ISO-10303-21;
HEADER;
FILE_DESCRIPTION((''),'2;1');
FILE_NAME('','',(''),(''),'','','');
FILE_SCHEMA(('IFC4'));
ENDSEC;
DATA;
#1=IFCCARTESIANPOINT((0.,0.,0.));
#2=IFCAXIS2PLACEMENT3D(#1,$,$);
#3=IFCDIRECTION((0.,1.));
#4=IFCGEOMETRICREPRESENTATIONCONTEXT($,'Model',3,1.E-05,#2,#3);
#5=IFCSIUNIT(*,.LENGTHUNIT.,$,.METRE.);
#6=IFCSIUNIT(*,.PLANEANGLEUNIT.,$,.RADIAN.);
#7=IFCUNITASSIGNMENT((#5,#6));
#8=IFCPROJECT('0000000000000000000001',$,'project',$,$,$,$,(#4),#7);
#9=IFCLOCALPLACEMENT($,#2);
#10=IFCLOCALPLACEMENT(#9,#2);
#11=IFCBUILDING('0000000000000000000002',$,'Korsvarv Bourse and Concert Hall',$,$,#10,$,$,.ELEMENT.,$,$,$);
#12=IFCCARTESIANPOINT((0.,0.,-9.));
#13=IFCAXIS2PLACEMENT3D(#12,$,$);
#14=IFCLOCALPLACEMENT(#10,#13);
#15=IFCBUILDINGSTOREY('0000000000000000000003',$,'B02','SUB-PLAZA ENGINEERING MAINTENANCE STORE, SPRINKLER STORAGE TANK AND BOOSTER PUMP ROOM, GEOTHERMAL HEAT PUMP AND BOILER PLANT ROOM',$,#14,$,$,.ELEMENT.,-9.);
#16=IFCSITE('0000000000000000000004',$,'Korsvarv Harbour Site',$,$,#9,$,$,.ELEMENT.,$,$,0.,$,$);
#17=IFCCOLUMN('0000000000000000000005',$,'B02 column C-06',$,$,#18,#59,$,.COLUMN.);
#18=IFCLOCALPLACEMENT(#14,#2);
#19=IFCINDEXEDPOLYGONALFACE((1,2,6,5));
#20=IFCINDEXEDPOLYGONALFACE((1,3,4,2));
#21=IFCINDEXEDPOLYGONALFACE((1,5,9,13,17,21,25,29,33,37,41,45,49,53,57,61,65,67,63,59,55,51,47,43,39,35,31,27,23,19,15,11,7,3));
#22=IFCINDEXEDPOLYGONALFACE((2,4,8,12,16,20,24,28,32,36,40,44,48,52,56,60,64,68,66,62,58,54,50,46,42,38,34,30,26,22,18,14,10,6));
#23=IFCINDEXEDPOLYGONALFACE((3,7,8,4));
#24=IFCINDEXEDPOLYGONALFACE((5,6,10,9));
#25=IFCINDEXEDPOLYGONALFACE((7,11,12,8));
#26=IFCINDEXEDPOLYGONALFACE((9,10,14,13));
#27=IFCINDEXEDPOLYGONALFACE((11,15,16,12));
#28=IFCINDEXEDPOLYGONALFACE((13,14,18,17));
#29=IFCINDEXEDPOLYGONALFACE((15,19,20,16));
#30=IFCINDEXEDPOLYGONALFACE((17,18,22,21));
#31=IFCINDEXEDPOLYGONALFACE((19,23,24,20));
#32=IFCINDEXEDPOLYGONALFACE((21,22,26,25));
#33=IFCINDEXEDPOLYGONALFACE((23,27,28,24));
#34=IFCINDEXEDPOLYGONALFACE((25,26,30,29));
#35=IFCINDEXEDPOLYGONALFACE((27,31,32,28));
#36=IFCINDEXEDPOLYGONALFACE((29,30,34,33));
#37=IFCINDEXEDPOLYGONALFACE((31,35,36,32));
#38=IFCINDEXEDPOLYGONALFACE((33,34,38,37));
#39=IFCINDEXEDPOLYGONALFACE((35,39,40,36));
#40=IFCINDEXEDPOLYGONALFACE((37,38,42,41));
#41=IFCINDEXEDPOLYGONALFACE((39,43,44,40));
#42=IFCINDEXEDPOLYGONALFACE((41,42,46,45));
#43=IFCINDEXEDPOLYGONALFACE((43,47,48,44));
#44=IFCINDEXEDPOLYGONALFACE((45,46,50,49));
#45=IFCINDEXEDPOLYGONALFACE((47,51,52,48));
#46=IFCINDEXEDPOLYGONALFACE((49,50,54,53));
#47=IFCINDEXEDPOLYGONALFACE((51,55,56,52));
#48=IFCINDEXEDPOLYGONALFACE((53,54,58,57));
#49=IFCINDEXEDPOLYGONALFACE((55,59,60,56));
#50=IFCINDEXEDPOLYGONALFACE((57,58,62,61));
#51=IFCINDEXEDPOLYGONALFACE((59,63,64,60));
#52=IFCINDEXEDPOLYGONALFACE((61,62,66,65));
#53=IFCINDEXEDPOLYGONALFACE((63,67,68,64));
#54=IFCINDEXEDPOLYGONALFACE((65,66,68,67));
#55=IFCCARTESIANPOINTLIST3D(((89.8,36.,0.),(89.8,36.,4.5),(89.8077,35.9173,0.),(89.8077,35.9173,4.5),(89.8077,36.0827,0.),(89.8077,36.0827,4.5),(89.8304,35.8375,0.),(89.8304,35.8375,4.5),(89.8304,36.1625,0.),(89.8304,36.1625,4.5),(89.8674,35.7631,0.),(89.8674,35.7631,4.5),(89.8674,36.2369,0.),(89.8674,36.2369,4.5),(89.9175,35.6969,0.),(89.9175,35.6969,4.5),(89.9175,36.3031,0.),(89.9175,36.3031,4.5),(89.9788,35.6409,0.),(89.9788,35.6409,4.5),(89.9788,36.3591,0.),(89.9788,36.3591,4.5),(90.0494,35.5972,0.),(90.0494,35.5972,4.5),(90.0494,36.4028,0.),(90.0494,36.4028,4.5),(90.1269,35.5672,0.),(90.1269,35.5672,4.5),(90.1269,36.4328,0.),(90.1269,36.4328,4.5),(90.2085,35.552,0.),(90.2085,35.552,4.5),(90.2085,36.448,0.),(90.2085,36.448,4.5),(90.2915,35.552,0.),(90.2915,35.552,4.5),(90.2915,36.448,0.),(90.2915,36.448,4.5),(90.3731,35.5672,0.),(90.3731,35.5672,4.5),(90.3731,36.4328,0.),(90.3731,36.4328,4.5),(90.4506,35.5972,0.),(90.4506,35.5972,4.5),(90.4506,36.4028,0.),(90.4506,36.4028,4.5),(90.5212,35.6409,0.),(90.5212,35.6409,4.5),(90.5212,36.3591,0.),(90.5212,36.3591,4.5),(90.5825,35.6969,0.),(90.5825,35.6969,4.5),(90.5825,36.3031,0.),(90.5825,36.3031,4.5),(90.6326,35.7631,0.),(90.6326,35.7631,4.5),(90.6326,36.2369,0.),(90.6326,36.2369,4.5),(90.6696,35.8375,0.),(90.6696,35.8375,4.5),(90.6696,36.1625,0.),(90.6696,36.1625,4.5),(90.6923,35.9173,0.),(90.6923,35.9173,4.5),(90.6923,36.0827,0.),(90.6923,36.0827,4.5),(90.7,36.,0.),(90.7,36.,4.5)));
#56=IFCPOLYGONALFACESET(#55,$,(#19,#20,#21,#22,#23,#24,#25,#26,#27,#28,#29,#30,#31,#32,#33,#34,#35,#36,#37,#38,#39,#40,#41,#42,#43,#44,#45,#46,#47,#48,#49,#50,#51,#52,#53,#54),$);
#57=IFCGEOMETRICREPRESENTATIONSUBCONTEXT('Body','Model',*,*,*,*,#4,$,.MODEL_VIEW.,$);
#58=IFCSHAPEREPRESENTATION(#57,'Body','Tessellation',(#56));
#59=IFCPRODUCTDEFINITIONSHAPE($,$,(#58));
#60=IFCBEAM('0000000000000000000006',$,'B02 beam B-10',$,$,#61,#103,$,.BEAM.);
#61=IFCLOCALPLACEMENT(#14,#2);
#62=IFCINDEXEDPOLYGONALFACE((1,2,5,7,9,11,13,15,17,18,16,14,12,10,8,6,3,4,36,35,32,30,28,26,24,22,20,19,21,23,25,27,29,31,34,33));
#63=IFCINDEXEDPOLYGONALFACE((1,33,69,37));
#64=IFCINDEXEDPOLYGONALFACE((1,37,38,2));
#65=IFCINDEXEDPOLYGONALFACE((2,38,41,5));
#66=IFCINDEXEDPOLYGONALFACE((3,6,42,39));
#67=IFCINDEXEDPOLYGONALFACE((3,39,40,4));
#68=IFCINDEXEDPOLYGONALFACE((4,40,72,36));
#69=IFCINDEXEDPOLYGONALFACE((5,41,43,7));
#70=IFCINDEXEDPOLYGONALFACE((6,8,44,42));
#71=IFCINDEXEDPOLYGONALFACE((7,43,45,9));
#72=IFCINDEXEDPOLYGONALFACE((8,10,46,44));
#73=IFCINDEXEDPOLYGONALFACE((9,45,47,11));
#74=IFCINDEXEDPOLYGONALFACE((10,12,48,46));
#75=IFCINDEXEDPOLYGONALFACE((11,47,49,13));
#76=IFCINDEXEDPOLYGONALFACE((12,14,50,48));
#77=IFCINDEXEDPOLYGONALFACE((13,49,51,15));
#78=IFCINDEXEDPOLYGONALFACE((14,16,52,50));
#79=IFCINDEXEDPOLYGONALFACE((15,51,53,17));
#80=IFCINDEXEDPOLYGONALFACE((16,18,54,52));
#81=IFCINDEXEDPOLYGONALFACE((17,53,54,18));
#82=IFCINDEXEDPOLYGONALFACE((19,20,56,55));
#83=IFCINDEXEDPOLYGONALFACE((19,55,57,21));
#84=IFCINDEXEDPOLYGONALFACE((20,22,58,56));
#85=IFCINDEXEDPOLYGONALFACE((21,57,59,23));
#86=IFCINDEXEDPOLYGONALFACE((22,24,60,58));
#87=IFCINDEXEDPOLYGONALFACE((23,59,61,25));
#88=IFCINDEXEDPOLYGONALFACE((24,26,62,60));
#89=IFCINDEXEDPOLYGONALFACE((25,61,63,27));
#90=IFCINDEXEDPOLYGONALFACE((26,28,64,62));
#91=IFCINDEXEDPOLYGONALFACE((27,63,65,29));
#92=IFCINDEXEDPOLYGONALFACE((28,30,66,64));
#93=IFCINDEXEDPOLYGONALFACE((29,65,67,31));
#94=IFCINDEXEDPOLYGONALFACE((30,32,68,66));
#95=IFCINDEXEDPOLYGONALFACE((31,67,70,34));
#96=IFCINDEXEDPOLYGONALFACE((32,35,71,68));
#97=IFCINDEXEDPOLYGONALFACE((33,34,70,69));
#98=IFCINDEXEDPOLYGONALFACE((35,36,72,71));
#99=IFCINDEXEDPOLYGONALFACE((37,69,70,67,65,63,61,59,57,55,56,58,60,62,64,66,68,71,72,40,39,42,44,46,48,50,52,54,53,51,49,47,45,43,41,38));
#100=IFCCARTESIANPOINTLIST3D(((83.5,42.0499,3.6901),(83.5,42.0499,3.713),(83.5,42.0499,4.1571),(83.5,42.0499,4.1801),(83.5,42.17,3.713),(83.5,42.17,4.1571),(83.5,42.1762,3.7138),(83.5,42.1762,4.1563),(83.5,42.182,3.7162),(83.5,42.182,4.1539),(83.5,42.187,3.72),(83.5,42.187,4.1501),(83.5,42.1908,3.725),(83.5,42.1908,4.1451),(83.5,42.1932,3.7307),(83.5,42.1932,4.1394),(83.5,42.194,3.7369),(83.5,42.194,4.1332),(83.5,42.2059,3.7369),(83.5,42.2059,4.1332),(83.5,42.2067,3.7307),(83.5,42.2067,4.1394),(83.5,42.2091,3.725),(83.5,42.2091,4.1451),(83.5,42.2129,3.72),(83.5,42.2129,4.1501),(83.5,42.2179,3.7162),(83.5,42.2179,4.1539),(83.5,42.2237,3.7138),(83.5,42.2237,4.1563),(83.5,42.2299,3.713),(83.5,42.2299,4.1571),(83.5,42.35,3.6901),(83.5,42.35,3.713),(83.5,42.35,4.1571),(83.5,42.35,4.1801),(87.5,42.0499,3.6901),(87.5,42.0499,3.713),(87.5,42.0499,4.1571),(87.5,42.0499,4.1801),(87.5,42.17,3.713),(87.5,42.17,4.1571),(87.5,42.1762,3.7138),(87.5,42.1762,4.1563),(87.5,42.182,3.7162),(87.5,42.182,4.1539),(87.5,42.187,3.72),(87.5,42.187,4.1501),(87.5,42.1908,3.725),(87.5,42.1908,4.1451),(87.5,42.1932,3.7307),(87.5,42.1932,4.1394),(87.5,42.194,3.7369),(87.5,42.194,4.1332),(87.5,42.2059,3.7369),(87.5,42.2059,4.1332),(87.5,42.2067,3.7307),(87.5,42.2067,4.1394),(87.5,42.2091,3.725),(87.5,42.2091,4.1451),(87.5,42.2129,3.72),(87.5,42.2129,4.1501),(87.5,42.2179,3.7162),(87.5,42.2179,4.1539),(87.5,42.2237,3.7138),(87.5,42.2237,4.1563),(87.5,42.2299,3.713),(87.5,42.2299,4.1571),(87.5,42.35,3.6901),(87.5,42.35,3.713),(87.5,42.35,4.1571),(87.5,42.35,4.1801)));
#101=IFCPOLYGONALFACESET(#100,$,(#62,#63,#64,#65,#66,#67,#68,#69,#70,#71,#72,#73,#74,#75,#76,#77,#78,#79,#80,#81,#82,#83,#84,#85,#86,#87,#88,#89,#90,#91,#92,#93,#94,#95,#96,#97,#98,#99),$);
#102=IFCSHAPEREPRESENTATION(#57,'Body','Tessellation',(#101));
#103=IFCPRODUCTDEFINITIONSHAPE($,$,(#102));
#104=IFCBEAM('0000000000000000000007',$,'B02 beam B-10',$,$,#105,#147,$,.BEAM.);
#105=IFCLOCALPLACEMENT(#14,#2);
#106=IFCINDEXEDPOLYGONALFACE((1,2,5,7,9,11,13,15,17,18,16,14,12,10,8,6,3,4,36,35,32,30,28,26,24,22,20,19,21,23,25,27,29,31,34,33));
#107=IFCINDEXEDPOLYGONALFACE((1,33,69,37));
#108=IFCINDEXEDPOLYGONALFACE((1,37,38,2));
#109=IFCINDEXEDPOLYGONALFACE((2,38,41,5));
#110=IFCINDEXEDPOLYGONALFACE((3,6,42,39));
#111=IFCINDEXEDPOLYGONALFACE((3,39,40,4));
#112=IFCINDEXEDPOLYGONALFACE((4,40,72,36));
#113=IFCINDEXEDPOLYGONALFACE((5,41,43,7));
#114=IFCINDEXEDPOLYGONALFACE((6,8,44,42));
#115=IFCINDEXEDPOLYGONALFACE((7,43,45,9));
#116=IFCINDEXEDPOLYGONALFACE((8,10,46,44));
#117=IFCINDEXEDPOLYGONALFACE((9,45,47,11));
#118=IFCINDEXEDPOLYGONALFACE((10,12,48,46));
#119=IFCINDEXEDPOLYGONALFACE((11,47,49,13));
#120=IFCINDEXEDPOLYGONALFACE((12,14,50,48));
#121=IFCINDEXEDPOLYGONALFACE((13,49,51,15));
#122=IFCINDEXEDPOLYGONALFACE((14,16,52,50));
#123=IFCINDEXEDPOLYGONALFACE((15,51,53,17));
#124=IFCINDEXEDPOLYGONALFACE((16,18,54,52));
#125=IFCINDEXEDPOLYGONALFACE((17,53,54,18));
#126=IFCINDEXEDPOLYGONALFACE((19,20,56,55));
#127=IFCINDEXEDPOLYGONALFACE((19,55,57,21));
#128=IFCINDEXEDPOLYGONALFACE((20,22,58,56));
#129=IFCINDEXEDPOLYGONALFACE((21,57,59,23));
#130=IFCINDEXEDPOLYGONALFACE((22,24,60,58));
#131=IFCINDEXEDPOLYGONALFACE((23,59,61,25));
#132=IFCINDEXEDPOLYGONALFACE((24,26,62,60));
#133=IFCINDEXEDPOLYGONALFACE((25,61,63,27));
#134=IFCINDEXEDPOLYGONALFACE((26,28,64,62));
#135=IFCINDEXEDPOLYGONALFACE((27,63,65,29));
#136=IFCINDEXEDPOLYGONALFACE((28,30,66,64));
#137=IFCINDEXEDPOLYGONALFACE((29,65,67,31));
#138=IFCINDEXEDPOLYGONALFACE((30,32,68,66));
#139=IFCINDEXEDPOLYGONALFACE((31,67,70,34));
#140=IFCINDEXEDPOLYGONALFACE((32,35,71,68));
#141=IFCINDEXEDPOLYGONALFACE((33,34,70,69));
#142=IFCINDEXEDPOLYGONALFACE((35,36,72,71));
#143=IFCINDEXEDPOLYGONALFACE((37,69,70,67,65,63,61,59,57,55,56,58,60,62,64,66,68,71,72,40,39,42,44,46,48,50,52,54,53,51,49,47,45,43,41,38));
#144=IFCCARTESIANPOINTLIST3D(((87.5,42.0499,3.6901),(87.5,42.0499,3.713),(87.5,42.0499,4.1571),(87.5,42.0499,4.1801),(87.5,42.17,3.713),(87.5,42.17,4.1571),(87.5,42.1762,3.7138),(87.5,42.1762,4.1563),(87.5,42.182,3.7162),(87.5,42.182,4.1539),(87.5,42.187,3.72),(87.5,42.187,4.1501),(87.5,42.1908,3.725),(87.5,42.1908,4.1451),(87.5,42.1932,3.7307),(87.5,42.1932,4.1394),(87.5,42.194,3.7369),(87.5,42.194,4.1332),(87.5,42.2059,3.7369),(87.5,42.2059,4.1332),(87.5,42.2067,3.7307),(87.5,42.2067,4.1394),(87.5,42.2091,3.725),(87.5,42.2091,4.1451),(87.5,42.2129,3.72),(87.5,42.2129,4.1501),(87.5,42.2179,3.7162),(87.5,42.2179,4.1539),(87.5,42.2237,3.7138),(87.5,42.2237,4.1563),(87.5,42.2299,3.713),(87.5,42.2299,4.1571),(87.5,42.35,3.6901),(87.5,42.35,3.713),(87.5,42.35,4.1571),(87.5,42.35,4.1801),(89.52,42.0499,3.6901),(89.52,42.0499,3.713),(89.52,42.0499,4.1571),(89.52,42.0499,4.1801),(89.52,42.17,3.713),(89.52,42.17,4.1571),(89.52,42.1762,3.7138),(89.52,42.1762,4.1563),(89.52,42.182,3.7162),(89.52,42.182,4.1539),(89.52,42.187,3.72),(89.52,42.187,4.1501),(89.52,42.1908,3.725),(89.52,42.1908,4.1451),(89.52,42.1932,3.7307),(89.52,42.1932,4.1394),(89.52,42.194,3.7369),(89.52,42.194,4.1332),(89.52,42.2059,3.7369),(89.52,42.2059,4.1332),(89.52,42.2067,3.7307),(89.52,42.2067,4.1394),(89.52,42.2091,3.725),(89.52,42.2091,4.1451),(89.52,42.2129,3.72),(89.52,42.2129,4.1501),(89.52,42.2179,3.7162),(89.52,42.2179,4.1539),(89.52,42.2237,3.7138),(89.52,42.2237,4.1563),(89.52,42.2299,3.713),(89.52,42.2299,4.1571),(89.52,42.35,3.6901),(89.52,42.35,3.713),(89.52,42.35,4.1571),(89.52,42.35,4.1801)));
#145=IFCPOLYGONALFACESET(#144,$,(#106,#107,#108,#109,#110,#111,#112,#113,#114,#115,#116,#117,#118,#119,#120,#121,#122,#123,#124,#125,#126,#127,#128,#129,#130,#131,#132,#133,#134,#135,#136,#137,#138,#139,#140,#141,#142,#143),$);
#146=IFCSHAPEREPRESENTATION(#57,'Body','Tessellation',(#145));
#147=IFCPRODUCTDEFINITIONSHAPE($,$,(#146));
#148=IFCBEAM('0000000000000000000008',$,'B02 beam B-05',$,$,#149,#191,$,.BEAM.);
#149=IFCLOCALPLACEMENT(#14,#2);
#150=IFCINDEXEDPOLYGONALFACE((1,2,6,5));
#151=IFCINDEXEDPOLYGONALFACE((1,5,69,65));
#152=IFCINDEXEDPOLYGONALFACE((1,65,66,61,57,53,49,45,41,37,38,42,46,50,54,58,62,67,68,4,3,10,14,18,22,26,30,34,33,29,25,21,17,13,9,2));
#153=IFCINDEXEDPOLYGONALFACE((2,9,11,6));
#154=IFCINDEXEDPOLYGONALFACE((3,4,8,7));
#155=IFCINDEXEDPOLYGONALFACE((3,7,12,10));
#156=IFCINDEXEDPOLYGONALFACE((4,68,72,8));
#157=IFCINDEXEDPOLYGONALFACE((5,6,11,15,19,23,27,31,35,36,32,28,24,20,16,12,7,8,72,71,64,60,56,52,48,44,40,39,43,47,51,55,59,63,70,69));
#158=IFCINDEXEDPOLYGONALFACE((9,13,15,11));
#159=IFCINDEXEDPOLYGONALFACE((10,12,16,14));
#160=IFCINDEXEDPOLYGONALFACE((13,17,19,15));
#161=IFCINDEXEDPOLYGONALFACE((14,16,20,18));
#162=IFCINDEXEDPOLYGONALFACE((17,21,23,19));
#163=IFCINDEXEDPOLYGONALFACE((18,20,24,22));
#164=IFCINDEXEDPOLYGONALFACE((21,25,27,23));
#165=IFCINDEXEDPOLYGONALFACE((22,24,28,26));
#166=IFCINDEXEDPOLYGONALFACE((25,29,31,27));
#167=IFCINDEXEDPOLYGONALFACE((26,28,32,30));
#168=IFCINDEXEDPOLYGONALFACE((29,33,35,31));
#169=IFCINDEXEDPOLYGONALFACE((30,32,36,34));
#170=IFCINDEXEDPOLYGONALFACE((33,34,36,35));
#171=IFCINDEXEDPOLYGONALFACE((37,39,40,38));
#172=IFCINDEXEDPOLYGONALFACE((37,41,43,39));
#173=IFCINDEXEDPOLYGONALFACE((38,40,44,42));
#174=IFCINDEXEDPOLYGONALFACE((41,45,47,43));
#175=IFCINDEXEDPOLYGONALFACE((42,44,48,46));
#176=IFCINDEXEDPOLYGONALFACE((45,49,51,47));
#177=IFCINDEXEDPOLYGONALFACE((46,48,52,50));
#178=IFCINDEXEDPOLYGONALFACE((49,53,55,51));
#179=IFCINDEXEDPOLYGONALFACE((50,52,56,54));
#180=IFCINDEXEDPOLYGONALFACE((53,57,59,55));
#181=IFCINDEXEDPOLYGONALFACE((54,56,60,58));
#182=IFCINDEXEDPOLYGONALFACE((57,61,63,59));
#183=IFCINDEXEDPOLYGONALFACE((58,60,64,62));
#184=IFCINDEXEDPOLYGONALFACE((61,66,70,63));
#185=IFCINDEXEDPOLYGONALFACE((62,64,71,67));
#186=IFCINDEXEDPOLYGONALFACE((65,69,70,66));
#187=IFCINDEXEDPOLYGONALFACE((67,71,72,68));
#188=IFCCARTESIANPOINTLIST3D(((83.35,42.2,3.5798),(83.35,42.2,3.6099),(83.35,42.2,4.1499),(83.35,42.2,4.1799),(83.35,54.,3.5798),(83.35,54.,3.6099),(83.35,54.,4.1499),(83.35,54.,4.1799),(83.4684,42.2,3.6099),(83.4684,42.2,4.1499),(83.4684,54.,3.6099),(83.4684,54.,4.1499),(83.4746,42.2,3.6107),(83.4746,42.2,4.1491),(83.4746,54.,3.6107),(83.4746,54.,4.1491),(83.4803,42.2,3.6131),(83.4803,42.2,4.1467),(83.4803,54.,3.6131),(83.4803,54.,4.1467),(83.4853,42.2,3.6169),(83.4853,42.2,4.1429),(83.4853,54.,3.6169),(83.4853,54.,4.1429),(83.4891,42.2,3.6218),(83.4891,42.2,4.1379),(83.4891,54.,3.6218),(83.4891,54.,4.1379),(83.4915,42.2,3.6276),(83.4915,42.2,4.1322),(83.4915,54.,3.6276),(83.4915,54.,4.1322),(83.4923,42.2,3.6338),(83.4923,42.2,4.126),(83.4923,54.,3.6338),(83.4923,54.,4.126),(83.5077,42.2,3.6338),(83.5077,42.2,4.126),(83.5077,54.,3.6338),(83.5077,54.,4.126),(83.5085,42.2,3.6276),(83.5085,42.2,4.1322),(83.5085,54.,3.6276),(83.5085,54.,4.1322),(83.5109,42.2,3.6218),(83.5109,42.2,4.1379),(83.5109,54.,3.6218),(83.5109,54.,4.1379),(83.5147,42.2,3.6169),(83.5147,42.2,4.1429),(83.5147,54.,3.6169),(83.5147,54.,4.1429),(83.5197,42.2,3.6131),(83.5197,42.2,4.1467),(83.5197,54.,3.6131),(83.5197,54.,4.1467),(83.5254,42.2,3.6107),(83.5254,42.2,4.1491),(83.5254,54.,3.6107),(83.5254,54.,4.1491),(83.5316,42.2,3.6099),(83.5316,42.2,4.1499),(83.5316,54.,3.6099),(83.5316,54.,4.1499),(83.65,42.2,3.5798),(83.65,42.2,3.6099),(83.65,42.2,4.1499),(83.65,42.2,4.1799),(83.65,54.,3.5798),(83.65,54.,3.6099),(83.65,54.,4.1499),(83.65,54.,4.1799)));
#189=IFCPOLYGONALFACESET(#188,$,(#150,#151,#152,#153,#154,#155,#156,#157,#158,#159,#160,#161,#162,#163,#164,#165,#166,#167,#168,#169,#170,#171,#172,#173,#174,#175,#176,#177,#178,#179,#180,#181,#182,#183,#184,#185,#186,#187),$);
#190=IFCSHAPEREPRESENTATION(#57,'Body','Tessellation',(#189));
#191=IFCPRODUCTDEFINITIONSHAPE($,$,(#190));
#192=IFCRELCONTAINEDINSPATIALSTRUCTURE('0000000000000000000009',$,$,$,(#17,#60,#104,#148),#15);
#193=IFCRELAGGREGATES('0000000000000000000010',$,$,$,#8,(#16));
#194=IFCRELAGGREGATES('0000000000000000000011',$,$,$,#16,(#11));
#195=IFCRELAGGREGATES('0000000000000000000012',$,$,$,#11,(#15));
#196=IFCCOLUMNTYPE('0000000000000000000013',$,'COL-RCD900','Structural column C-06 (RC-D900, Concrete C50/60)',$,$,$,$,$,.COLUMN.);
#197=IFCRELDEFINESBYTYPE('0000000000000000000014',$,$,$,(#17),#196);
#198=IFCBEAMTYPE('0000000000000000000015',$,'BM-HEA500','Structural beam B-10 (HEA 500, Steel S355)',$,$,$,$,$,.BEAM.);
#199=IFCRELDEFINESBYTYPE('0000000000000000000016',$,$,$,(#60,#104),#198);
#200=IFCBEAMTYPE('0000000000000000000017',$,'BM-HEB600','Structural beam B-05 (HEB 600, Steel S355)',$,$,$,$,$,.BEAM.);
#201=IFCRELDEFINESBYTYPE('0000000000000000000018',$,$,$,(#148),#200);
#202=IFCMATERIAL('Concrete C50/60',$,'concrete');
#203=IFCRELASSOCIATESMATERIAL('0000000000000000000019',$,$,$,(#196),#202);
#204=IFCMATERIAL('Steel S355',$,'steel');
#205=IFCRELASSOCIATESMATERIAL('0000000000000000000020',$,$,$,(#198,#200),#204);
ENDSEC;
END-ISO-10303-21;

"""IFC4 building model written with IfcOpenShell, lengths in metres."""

from ifc_helpers import new_model, si_unit, direction, frame, origin, origin_2d, place, context, subcontext, project, spatial, circle, i_section, extrude, source, transform, mapped, material, material_profile, profile_set, type_object, element, save


model = new_model("IFC4")

# Units and contexts
model_context = context("Model", 3, precision=1e-05, world=origin(), true_north=direction((0.0, 1.0)))
body_context = subcontext(model_context, "Body", "Model", "MODEL_VIEW")
ifc_project = project(units=[si_unit("LENGTHUNIT", "METRE"), si_unit("PLANEANGLEUNIT", "RADIAN")], contexts=[model_context])

# Site, building, storey
site_placement = place(None, origin())
site = spatial("IfcSite", under=ifc_project, at=site_placement, Name="Korsvarv Harbour Site", CompositionType="ELEMENT", RefElevation=0.0)
building_placement = place(site_placement, origin())
building = spatial("IfcBuilding", under=site, at=building_placement, Name="Korsvarv Bourse and Concert Hall", CompositionType="ELEMENT")
storey_placement = place(building_placement, frame((0.0, 0.0, -9.0)))
storey = spatial("IfcBuildingStorey", under=building, at=storey_placement, Name="B02", Description="SUB-PLAZA ENGINEERING MAINTENANCE STORE, SPRINKLER STORAGE TANK AND BOOSTER PUMP ROOM, GEOTHERMAL HEAT PUMP AND BOILER PLANT ROOM", CompositionType="ELEMENT", Elevation=-9.0)

# Column
ifc_material_1 = material(Name="Concrete C50/60", Category="concrete")
ifc_material_profile_1 = material_profile(ifc_material_1, circle(Radius=0.45, at=origin_2d()), Name="RC-D900")
ifc_profile_set_1 = profile_set([ifc_material_profile_1], Name="Concrete C50/60")
column_type_1 = type_object("IfcColumnType", Name="COL-RCD900", Description="Structural column C-06 (RC-D900, Concrete C50/60)", PredefinedType="COLUMN", material=ifc_profile_set_1)
shared_shape_1 = source(origin(), body_context, "Body", "SweptSolid", [
    extrude(circle(Radius=0.45, at=origin_2d()), origin(), (0.0, 0.0, 1.0), 4.5),
])
for number, where, z_axis, x_axis, name in (
    (1, (90.25, 36.0, 0.0), (0.0, 0.0, 1.0), (1.0, 0.0, 0.0), "B02 column C-06"),
):
    element("IfcColumn", number, at=place(storey_placement, frame(where, z_axis=z_axis, x_axis=x_axis)), inside=storey, type_object=column_type_1, Name=name, PredefinedType="COLUMN", context=body_context, shape_type="MappedRepresentation", body=[
        mapped(shared_shape_1, transform((0.0, 0.0, 0.0), scale=1.0)),
    ])

# Beams
ifc_material_2 = material(Name="Steel S355", Category="steel")
ifc_material_profile_2 = material_profile(ifc_material_2, i_section(OverallWidth=0.3, OverallDepth=0.49, WebThickness=0.012, FlangeThickness=0.0229, FilletRadius=0.0239, at=origin_2d()), Name="HEA 500")
ifc_profile_set_2 = profile_set([ifc_material_profile_2], Name="Steel S355")
beam_type_1 = type_object("IfcBeamType", Name="BM-HEA500", Description="Structural beam B-10 (HEA 500, Steel S355)", PredefinedType="BEAM", material=ifc_profile_set_2)
shared_shape_2 = source(origin(), body_context, "Body", "SweptSolid", [
    extrude(i_section(OverallWidth=0.3, OverallDepth=0.49, WebThickness=0.012, FlangeThickness=0.0229, FilletRadius=0.0239, at=origin_2d()), origin(), (0.0, 0.0, 1.0), 4.0),
])
beam_1_placement = place(storey_placement, frame((83.5, 42.2, 3.9351), z_axis=(1.0, 0.0, 0.0), x_axis=(0.0, 1.0, 0.0)))
element("IfcBeam", 2, at=beam_1_placement, inside=storey, type_object=beam_type_1, Name="B02 beam B-10", PredefinedType="BEAM", context=body_context, shape_type="MappedRepresentation", body=[
    mapped(shared_shape_2, transform((0.0, 0.0, 0.0), scale=1.0)),
])
shared_shape_3 = source(origin(), body_context, "Body", "SweptSolid", [
    extrude(i_section(OverallWidth=0.3, OverallDepth=0.49, WebThickness=0.012, FlangeThickness=0.0229, FilletRadius=0.0239, at=origin_2d()), origin(), (0.0, 0.0, 1.0), 2.02),
])
beam_2_placement = place(storey_placement, frame((87.5, 42.2, 3.9351), z_axis=(1.0, 0.0, 0.0), x_axis=(0.0, 1.0, 0.0)))
element("IfcBeam", 3, at=beam_2_placement, inside=storey, type_object=beam_type_1, Name="B02 beam B-10", PredefinedType="BEAM", context=body_context, shape_type="MappedRepresentation", body=[
    mapped(shared_shape_3, transform((0.0, 0.0, 0.0), scale=1.0)),
])
ifc_material_profile_3 = material_profile(ifc_material_2, i_section(OverallWidth=0.3, OverallDepth=0.6001, WebThickness=0.0154, FlangeThickness=0.03, FilletRadius=0.0239, at=origin_2d()), Name="HEB 600")
ifc_profile_set_3 = profile_set([ifc_material_profile_3], Name="Steel S355")
beam_type_2 = type_object("IfcBeamType", Name="BM-HEB600", Description="Structural beam B-05 (HEB 600, Steel S355)", PredefinedType="BEAM", material=ifc_profile_set_3)
shared_shape_4 = source(origin(), body_context, "Body", "SweptSolid", [
    extrude(i_section(OverallWidth=0.3, OverallDepth=0.6001, WebThickness=0.0154, FlangeThickness=0.03, FilletRadius=0.0239, at=origin_2d()), origin(), (0.0, 0.0, 1.0), 11.8),
])
beam_3_placement = place(storey_placement, frame((83.5, 42.2, 3.8799), z_axis=(0.0, 1.0, 0.0), x_axis=(-1.0, 0.0, 0.0)))
element("IfcBeam", 4, at=beam_3_placement, inside=storey, type_object=beam_type_2, Name="B02 beam B-05", PredefinedType="BEAM", context=body_context, shape_type="MappedRepresentation", body=[
    mapped(shared_shape_4, transform((0.0, 0.0, 0.0), scale=1.0)),
])

save(model, "model.ifc")
